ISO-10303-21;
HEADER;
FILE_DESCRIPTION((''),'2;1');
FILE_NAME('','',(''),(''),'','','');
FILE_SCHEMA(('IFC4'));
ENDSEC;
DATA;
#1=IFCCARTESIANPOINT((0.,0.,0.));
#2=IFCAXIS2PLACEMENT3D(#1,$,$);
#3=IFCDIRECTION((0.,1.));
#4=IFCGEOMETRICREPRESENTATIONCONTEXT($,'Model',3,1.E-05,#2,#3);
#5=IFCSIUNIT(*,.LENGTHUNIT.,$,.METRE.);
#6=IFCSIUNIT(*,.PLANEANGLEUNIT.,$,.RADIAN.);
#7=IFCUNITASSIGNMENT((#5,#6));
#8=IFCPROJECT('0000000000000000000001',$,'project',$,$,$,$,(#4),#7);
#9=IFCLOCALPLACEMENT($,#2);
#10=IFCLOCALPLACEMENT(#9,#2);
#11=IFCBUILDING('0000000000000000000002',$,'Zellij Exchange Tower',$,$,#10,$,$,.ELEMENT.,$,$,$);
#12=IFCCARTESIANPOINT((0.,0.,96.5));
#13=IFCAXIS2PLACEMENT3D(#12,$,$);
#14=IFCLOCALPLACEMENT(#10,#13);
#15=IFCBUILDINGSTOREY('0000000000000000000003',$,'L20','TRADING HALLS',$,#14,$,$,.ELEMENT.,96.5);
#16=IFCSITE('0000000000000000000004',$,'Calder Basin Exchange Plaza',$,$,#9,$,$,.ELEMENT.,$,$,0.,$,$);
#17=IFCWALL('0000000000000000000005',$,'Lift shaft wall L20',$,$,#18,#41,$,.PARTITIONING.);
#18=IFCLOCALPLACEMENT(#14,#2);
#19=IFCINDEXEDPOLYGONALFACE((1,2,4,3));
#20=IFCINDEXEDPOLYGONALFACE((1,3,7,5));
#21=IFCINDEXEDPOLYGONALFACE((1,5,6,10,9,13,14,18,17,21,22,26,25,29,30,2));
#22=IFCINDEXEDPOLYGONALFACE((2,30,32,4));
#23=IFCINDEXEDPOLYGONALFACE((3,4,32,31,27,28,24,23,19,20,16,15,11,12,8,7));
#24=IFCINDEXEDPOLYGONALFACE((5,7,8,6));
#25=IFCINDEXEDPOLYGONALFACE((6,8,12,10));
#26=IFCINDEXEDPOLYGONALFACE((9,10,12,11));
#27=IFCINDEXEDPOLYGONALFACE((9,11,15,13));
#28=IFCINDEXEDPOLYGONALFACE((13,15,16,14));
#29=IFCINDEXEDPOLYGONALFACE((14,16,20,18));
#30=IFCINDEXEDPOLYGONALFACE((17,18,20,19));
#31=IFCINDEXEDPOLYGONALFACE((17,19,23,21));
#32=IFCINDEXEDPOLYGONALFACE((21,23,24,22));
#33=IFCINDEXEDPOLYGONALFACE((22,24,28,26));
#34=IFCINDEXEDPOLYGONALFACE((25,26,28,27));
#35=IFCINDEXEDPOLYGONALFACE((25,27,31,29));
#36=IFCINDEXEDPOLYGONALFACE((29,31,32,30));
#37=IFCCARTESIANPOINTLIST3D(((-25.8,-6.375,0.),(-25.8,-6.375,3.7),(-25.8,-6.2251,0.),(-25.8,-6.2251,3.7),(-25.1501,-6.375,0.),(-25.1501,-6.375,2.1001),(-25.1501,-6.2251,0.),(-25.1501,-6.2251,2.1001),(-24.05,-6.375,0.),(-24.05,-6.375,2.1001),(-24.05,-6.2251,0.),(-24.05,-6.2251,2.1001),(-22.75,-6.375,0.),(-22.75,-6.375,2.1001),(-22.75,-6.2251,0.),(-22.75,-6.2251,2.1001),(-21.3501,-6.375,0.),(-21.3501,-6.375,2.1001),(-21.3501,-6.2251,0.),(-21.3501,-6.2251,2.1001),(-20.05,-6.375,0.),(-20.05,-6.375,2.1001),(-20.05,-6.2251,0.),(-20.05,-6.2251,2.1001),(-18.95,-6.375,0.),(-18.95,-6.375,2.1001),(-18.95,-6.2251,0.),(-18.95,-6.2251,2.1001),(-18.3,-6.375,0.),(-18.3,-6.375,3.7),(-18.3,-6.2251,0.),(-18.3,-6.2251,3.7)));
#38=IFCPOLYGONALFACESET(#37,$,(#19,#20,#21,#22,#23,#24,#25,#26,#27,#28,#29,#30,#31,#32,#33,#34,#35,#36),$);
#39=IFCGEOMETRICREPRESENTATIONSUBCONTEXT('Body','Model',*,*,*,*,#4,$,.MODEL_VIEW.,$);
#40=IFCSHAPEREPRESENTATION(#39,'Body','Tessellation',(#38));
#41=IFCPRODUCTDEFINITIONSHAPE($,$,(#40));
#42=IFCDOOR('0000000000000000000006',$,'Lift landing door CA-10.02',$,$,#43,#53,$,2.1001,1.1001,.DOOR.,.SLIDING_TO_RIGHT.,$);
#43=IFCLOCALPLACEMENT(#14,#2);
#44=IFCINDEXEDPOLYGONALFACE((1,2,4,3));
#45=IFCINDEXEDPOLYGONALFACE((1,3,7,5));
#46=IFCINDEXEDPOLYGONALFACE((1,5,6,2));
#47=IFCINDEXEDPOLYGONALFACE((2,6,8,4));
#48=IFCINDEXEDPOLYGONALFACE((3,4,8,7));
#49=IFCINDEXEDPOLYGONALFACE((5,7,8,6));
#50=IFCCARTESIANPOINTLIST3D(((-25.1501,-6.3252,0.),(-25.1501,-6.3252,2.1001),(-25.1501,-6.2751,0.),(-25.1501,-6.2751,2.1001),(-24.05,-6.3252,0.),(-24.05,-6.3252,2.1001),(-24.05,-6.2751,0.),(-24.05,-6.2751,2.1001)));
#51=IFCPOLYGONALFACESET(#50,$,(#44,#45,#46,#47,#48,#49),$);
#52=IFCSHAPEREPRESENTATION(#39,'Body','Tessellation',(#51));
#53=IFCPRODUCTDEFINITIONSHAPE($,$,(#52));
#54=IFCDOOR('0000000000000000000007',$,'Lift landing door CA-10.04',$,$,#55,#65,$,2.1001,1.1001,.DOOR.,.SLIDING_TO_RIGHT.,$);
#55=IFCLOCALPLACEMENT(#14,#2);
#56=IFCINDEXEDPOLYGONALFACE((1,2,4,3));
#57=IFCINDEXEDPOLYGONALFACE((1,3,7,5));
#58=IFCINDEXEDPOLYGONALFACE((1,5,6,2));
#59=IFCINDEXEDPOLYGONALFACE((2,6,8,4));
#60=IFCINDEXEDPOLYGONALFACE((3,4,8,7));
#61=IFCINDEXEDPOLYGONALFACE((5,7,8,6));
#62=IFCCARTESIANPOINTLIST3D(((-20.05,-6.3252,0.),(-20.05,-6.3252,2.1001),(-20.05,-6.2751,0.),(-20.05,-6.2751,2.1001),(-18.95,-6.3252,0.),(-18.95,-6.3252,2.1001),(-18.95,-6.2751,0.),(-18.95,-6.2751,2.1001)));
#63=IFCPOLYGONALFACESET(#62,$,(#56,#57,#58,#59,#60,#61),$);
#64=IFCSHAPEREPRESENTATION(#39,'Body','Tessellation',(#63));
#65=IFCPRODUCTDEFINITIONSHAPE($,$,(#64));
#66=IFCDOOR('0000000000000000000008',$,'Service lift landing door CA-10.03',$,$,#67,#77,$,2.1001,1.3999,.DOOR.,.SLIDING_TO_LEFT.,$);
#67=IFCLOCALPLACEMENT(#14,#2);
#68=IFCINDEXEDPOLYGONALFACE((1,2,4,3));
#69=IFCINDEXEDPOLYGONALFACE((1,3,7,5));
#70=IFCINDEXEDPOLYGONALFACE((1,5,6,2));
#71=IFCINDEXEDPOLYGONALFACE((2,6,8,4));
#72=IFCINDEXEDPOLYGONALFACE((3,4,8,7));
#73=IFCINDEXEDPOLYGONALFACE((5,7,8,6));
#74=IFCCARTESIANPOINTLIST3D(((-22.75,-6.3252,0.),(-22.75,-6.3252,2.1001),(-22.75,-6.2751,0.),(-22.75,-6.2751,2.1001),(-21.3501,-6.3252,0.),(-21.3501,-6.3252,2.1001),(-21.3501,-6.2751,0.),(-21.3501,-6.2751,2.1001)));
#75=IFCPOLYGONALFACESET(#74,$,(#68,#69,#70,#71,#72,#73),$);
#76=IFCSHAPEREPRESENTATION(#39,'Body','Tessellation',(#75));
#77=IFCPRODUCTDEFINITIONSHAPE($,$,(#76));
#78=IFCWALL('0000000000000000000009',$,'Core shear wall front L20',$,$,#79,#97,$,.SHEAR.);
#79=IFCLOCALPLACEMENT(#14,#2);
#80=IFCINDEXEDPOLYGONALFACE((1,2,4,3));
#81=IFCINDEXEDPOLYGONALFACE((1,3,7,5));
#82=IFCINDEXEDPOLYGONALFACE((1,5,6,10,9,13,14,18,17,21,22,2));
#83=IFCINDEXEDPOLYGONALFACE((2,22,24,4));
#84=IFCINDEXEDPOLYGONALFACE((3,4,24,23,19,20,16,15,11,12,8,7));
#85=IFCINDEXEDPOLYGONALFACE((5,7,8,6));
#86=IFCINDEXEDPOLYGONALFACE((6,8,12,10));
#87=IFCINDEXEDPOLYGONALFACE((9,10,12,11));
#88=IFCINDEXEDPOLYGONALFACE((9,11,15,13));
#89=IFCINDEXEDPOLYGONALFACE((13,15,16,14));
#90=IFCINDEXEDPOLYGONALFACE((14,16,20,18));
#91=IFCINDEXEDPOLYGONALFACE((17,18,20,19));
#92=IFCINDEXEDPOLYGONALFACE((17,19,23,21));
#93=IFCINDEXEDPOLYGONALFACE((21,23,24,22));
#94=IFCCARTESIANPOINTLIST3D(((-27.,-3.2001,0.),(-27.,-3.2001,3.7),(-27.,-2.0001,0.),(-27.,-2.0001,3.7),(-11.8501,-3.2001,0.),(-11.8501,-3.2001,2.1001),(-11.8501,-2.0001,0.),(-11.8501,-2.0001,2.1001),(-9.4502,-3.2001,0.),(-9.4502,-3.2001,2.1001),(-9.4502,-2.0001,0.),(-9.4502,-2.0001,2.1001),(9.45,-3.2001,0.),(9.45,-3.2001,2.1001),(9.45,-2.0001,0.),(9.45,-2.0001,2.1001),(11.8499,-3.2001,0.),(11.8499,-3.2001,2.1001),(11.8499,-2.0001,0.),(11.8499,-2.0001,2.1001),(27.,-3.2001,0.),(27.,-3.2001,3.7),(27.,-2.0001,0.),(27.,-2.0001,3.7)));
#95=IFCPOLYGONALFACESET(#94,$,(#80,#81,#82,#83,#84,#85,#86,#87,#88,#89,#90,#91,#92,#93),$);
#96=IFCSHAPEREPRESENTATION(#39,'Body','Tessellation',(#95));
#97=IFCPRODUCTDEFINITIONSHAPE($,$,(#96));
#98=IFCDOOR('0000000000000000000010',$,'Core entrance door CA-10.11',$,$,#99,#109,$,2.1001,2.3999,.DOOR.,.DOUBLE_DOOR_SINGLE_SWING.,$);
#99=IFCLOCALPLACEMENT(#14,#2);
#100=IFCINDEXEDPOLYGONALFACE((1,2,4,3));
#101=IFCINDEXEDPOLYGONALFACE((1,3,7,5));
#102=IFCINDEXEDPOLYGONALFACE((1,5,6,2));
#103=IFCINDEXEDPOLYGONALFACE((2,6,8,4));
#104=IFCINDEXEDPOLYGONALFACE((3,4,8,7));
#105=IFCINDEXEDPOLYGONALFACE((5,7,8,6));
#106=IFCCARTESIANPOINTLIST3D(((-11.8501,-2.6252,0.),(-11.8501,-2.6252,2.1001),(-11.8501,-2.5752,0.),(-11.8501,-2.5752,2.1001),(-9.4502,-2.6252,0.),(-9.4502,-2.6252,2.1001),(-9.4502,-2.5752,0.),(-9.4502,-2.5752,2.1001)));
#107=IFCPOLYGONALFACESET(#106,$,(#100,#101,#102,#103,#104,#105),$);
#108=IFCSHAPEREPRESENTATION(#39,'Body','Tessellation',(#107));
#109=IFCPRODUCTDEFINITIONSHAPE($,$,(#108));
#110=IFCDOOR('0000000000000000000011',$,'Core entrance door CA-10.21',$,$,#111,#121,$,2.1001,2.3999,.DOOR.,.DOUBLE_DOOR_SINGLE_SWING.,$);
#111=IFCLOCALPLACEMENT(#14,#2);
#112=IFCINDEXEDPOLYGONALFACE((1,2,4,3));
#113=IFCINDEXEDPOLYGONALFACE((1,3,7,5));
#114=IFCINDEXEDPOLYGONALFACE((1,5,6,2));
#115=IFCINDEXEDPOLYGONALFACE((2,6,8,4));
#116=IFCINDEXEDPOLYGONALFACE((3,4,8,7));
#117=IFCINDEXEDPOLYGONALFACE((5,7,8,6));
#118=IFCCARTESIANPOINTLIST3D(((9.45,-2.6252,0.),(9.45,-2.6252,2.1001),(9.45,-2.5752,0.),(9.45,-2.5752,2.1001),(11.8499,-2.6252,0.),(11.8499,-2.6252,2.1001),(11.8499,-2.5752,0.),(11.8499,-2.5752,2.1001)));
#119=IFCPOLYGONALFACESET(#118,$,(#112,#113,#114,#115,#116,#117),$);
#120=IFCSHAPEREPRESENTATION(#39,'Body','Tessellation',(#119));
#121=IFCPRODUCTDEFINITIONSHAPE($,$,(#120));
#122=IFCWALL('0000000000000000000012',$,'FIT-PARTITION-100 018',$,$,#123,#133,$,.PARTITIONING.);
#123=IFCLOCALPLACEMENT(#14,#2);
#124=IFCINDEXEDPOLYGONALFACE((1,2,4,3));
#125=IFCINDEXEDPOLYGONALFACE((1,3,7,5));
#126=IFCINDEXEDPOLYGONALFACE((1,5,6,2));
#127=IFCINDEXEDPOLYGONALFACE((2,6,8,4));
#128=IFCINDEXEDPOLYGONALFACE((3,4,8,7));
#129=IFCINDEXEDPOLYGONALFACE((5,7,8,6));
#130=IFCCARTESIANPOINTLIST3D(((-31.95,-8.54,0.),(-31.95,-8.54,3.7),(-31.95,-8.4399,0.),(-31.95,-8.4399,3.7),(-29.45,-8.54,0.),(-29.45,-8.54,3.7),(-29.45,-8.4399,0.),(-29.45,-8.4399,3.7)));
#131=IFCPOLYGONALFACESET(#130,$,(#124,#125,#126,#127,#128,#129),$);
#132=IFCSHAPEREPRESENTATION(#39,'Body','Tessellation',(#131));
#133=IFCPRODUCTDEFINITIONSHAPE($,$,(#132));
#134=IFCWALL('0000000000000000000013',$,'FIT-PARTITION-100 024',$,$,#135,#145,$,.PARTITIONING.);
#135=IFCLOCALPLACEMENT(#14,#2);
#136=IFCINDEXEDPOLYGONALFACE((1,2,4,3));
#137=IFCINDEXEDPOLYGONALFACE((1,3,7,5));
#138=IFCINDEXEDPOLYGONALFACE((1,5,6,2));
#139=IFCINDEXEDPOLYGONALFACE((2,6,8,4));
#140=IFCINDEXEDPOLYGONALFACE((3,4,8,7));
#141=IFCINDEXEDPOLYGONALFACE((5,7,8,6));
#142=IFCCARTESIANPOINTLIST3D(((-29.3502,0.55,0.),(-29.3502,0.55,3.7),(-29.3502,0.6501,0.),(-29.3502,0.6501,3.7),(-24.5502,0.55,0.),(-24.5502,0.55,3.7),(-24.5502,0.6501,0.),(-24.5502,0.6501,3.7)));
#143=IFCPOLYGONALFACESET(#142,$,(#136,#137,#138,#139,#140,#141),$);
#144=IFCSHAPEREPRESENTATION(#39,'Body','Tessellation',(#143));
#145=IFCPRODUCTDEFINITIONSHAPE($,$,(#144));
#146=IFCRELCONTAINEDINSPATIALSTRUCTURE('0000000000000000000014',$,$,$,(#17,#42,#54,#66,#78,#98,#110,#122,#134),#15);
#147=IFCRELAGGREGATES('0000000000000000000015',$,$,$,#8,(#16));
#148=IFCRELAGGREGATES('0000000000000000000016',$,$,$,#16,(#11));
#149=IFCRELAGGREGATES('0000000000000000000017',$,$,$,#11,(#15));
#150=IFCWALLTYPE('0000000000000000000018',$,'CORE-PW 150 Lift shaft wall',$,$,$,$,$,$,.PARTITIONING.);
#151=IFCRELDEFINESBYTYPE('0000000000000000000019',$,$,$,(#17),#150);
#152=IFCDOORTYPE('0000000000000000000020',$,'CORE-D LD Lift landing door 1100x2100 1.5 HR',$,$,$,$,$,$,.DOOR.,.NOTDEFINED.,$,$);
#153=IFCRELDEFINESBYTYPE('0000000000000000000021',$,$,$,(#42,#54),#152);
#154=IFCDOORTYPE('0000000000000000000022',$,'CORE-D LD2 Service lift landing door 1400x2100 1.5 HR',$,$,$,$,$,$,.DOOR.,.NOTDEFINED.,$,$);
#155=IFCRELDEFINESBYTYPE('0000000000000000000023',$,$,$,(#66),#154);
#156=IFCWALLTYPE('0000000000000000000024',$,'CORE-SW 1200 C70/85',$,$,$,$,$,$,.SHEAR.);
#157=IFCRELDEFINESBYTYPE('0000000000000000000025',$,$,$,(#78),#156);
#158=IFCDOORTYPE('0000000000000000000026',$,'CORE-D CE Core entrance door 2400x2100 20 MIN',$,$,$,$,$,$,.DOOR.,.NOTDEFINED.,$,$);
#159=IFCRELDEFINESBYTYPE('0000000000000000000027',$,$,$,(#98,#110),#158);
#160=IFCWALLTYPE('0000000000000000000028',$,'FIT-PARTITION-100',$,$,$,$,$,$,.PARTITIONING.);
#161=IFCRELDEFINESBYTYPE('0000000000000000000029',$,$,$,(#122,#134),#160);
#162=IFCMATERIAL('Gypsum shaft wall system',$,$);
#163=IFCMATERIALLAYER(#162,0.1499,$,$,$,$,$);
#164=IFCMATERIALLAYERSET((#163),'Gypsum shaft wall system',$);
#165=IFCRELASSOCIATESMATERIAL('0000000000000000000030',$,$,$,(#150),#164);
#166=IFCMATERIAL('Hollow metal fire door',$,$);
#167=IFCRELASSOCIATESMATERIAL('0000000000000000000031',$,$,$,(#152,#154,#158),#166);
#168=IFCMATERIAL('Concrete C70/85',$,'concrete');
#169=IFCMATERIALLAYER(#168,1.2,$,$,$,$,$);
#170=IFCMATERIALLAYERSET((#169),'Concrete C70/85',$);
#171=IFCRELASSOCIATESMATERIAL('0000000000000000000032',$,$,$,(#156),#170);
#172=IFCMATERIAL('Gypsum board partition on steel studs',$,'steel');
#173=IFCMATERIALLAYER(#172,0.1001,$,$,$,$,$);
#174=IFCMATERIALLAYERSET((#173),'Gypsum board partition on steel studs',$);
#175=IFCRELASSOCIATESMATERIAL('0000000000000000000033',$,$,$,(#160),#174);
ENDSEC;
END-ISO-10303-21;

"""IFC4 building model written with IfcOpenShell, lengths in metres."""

from ifc_helpers import new_model, si_unit, direction, frame, frame_2d, origin, place, context, subcontext, project, spatial, rectangle, extrude, material, layer, layer_set, type_object, element, fill, save


model = new_model("IFC4")

# Units and contexts
model_context = context("Model", 3, precision=1e-05, world=origin(), true_north=direction((0.0, 1.0)))
body_context = subcontext(model_context, "Body", "Model", "MODEL_VIEW")
ifc_project = project(units=[si_unit("LENGTHUNIT", "METRE"), si_unit("PLANEANGLEUNIT", "RADIAN")], contexts=[model_context])

# Site, building, storey
site_placement = place(None, origin())
site = spatial("IfcSite", under=ifc_project, at=site_placement, Name="Calder Basin Exchange Plaza", CompositionType="ELEMENT", RefElevation=0.0)
building_placement = place(site_placement, origin())
building = spatial("IfcBuilding", under=site, at=building_placement, Name="Zellij Exchange Tower", CompositionType="ELEMENT")
storey_placement = place(building_placement, frame((0.0, 0.0, 96.5)))
storey = spatial("IfcBuildingStorey", under=building, at=storey_placement, Name="L20", Description="TRADING HALLS", CompositionType="ELEMENT", Elevation=96.5)

# Shared definitions
ifc_material_1 = material(Name="Concrete C70/85", Category="concrete")

# Shared definitions
ifc_material_2 = material(Name="Gypsum shaft wall system")
ifc_layer_1 = layer(ifc_material_2, 0.1499)
ifc_layer_set_1 = layer_set([ifc_layer_1], Name="Gypsum shaft wall system")
wall_type_1 = type_object("IfcWallType", Name="CORE-PW 150 Lift shaft wall", PredefinedType="PARTITIONING", material=ifc_layer_set_1)

# Walls, openings, doors
wall_1_placement = place(storey_placement, frame((-25.8, -6.3, 0.0), z_axis=(0.0, 0.0, 1.0), x_axis=(1.0, 0.0, 0.0)))
wall_1 = element("IfcWall", 1, at=wall_1_placement, inside=storey, type_object=wall_type_1, Name="Lift shaft wall L20", PredefinedType="PARTITIONING", context=body_context, shape_type="SweptSolid", body=[
    extrude(rectangle(XDim=7.5, YDim=0.1499, at=frame_2d((3.75, 0.0))), origin(), (0.0, 0.0, 1.0), 3.7),
])
opening_1_placement = place(wall_1_placement, frame((0.6499, 0.0, 0.0)))
opening_1 = element("IfcOpeningElement", 2, at=opening_1_placement, cuts=wall_1, PredefinedType="OPENING", context=body_context, shape_type="SweptSolid", body=[
    extrude(rectangle(XDim=1.1001, YDim=2.1001, at=frame_2d((0.55, 1.05))), frame((0.0, 0.0869, 0.0), z_axis=(0.0, -1.0, 0.0), x_axis=(1.0, 0.0, 0.0)), (0.0, 0.0, 1.0), 0.1738),
])
opening_2_placement = place(wall_1_placement, frame((3.05, 0.0, 0.0)))
opening_2 = element("IfcOpeningElement", 3, at=opening_2_placement, cuts=wall_1, PredefinedType="OPENING", context=body_context, shape_type="SweptSolid", body=[
    extrude(rectangle(XDim=1.3999, YDim=2.1001, at=frame_2d((0.7, 1.05))), frame((0.0, 0.0869, 0.0), z_axis=(0.0, -1.0, 0.0), x_axis=(1.0, 0.0, 0.0)), (0.0, 0.0, 1.0), 0.1738),
])
opening_3_placement = place(wall_1_placement, frame((5.75, 0.0, 0.0)))
opening_3 = element("IfcOpeningElement", 4, at=opening_3_placement, cuts=wall_1, PredefinedType="OPENING", context=body_context, shape_type="SweptSolid", body=[
    extrude(rectangle(XDim=1.1001, YDim=2.1001, at=frame_2d((0.55, 1.05))), frame((0.0, 0.0869, 0.0), z_axis=(0.0, -1.0, 0.0), x_axis=(1.0, 0.0, 0.0)), (0.0, 0.0, 1.0), 0.1738),
])
ifc_material_3 = material(Name="Hollow metal fire door")
door_type_1 = type_object("IfcDoorType", Name="CORE-D LD Lift landing door 1100x2100 1.5 HR", OperationType="NOTDEFINED", PredefinedType="DOOR", material=ifc_material_3)
door_1_placement = place(opening_1_placement, origin())
door_1 = element("IfcDoor", 5, at=door_1_placement, inside=storey, type_object=door_type_1, Name="Lift landing door CA-10.02", OperationType="SLIDING_TO_RIGHT", OverallHeight=2.1001, OverallWidth=1.1001, PredefinedType="DOOR", context=body_context, shape_type="SweptSolid", body=[
    extrude(rectangle(XDim=1.1001, YDim=2.1001, at=frame_2d((0.55, 1.05))), frame((0.0, 0.0249, 0.0), z_axis=(0.0, -1.0, 0.0), x_axis=(1.0, 0.0, 0.0)), (0.0, 0.0, 1.0), 0.05),
])
fill(opening_1, door_1)
door_2_placement = place(opening_3_placement, origin())
door_2 = element("IfcDoor", 6, at=door_2_placement, inside=storey, type_object=door_type_1, Name="Lift landing door CA-10.04", OperationType="SLIDING_TO_RIGHT", OverallHeight=2.1001, OverallWidth=1.1001, PredefinedType="DOOR", context=body_context, shape_type="SweptSolid", body=[
    extrude(rectangle(XDim=1.1001, YDim=2.1001, at=frame_2d((0.55, 1.05))), frame((0.0, 0.0249, 0.0), z_axis=(0.0, -1.0, 0.0), x_axis=(1.0, 0.0, 0.0)), (0.0, 0.0, 1.0), 0.05),
])
fill(opening_3, door_2)
door_type_2 = type_object("IfcDoorType", Name="CORE-D LD2 Service lift landing door 1400x2100 1.5 HR", OperationType="NOTDEFINED", PredefinedType="DOOR", material=ifc_material_3)
door_3_placement = place(opening_2_placement, origin())
door_3 = element("IfcDoor", 7, at=door_3_placement, inside=storey, type_object=door_type_2, Name="Service lift landing door CA-10.03", OperationType="SLIDING_TO_LEFT", OverallHeight=2.1001, OverallWidth=1.3999, PredefinedType="DOOR", context=body_context, shape_type="SweptSolid", body=[
    extrude(rectangle(XDim=1.3999, YDim=2.1001, at=frame_2d((0.7, 1.05))), frame((0.0, 0.0249, 0.0), z_axis=(0.0, -1.0, 0.0), x_axis=(1.0, 0.0, 0.0)), (0.0, 0.0, 1.0), 0.05),
])
fill(opening_2, door_3)
ifc_layer_2 = layer(ifc_material_1, 1.2)
ifc_layer_set_2 = layer_set([ifc_layer_2], Name="Concrete C70/85")
wall_type_2 = type_object("IfcWallType", Name="CORE-SW 1200 C70/85", PredefinedType="SHEAR", material=ifc_layer_set_2)
wall_2_placement = place(storey_placement, frame((-27.0, -2.6001, 0.0), z_axis=(0.0, 0.0, 1.0), x_axis=(1.0, 0.0, 0.0)))
wall_2 = element("IfcWall", 8, at=wall_2_placement, inside=storey, type_object=wall_type_2, Name="Core shear wall front L20", PredefinedType="SHEAR", context=body_context, shape_type="SweptSolid", body=[
    extrude(rectangle(XDim=54.0, YDim=1.2, at=frame_2d((27.0, 0.0))), origin(), (0.0, 0.0, 1.0), 3.7),
])
opening_4_placement = place(wall_2_placement, frame((15.1499, 0.0, 0.0)))
opening_4 = element("IfcOpeningElement", 9, at=opening_4_placement, cuts=wall_2, PredefinedType="OPENING", context=body_context, shape_type="SweptSolid", body=[
    extrude(rectangle(XDim=2.3999, YDim=2.1001, at=frame_2d((1.2, 1.05))), frame((0.0, 0.6118, 0.0), z_axis=(0.0, -1.0, 0.0), x_axis=(1.0, 0.0, 0.0)), (0.0, 0.0, 1.0), 1.2239),
])
opening_5_placement = place(wall_2_placement, frame((36.45, 0.0, 0.0)))
opening_5 = element("IfcOpeningElement", 10, at=opening_5_placement, cuts=wall_2, PredefinedType="OPENING", context=body_context, shape_type="SweptSolid", body=[
    extrude(rectangle(XDim=2.3999, YDim=2.1001, at=frame_2d((1.2, 1.05))), frame((0.0, 0.6118, 0.0), z_axis=(0.0, -1.0, 0.0), x_axis=(1.0, 0.0, 0.0)), (0.0, 0.0, 1.0), 1.2239),
])
door_type_3 = type_object("IfcDoorType", Name="CORE-D CE Core entrance door 2400x2100 20 MIN", OperationType="NOTDEFINED", PredefinedType="DOOR", material=ifc_material_3)
door_4_placement = place(opening_4_placement, origin())
door_4 = element("IfcDoor", 11, at=door_4_placement, inside=storey, type_object=door_type_3, Name="Core entrance door CA-10.11", OperationType="DOUBLE_DOOR_SINGLE_SWING", OverallHeight=2.1001, OverallWidth=2.3999, PredefinedType="DOOR", context=body_context, shape_type="SweptSolid", body=[
    extrude(rectangle(XDim=2.3999, YDim=2.1001, at=frame_2d((1.2, 1.05))), frame((0.0, 0.0249, 0.0), z_axis=(0.0, -1.0, 0.0), x_axis=(1.0, 0.0, 0.0)), (0.0, 0.0, 1.0), 0.05),
])
fill(opening_4, door_4)
door_5_placement = place(opening_5_placement, origin())
door_5 = element("IfcDoor", 12, at=door_5_placement, inside=storey, type_object=door_type_3, Name="Core entrance door CA-10.21", OperationType="DOUBLE_DOOR_SINGLE_SWING", OverallHeight=2.1001, OverallWidth=2.3999, PredefinedType="DOOR", context=body_context, shape_type="SweptSolid", body=[
    extrude(rectangle(XDim=2.3999, YDim=2.1001, at=frame_2d((1.2, 1.05))), frame((0.0, 0.0249, 0.0), z_axis=(0.0, -1.0, 0.0), x_axis=(1.0, 0.0, 0.0)), (0.0, 0.0, 1.0), 0.05),
])
fill(opening_5, door_5)

# Walls
ifc_material_4 = material(Name="Gypsum board partition on steel studs", Category="steel")
ifc_layer_3 = layer(ifc_material_4, 0.1001)
ifc_layer_set_3 = layer_set([ifc_layer_3], Name="Gypsum board partition on steel studs")
wall_type_3 = type_object("IfcWallType", Name="FIT-PARTITION-100", PredefinedType="PARTITIONING", material=ifc_layer_set_3)
wall_3_placement = place(storey_placement, frame((-31.95, -8.49, 0.0), z_axis=(0.0, 0.0, 1.0), x_axis=(1.0, 0.0, 0.0)))
element("IfcWall", 13, at=wall_3_placement, inside=storey, type_object=wall_type_3, Name="FIT-PARTITION-100 018", PredefinedType="PARTITIONING", context=body_context, shape_type="SweptSolid", body=[
    extrude(rectangle(XDim=2.5, YDim=0.1001, at=frame_2d((1.25, 0.0))), origin(), (0.0, 0.0, 1.0), 3.7),
])
wall_4_placement = place(storey_placement, frame((-29.3501, 0.6001, 0.0), z_axis=(0.0, 0.0, 1.0), x_axis=(1.0, 0.0, 0.0)))
element("IfcWall", 14, at=wall_4_placement, inside=storey, type_object=wall_type_3, Name="FIT-PARTITION-100 024", PredefinedType="PARTITIONING", context=body_context, shape_type="SweptSolid", body=[
    extrude(rectangle(XDim=4.8, YDim=0.1001, at=frame_2d((2.3999, 0.0))), origin(), (0.0, 0.0, 1.0), 3.7),
])

save(model, "model.ifc")
